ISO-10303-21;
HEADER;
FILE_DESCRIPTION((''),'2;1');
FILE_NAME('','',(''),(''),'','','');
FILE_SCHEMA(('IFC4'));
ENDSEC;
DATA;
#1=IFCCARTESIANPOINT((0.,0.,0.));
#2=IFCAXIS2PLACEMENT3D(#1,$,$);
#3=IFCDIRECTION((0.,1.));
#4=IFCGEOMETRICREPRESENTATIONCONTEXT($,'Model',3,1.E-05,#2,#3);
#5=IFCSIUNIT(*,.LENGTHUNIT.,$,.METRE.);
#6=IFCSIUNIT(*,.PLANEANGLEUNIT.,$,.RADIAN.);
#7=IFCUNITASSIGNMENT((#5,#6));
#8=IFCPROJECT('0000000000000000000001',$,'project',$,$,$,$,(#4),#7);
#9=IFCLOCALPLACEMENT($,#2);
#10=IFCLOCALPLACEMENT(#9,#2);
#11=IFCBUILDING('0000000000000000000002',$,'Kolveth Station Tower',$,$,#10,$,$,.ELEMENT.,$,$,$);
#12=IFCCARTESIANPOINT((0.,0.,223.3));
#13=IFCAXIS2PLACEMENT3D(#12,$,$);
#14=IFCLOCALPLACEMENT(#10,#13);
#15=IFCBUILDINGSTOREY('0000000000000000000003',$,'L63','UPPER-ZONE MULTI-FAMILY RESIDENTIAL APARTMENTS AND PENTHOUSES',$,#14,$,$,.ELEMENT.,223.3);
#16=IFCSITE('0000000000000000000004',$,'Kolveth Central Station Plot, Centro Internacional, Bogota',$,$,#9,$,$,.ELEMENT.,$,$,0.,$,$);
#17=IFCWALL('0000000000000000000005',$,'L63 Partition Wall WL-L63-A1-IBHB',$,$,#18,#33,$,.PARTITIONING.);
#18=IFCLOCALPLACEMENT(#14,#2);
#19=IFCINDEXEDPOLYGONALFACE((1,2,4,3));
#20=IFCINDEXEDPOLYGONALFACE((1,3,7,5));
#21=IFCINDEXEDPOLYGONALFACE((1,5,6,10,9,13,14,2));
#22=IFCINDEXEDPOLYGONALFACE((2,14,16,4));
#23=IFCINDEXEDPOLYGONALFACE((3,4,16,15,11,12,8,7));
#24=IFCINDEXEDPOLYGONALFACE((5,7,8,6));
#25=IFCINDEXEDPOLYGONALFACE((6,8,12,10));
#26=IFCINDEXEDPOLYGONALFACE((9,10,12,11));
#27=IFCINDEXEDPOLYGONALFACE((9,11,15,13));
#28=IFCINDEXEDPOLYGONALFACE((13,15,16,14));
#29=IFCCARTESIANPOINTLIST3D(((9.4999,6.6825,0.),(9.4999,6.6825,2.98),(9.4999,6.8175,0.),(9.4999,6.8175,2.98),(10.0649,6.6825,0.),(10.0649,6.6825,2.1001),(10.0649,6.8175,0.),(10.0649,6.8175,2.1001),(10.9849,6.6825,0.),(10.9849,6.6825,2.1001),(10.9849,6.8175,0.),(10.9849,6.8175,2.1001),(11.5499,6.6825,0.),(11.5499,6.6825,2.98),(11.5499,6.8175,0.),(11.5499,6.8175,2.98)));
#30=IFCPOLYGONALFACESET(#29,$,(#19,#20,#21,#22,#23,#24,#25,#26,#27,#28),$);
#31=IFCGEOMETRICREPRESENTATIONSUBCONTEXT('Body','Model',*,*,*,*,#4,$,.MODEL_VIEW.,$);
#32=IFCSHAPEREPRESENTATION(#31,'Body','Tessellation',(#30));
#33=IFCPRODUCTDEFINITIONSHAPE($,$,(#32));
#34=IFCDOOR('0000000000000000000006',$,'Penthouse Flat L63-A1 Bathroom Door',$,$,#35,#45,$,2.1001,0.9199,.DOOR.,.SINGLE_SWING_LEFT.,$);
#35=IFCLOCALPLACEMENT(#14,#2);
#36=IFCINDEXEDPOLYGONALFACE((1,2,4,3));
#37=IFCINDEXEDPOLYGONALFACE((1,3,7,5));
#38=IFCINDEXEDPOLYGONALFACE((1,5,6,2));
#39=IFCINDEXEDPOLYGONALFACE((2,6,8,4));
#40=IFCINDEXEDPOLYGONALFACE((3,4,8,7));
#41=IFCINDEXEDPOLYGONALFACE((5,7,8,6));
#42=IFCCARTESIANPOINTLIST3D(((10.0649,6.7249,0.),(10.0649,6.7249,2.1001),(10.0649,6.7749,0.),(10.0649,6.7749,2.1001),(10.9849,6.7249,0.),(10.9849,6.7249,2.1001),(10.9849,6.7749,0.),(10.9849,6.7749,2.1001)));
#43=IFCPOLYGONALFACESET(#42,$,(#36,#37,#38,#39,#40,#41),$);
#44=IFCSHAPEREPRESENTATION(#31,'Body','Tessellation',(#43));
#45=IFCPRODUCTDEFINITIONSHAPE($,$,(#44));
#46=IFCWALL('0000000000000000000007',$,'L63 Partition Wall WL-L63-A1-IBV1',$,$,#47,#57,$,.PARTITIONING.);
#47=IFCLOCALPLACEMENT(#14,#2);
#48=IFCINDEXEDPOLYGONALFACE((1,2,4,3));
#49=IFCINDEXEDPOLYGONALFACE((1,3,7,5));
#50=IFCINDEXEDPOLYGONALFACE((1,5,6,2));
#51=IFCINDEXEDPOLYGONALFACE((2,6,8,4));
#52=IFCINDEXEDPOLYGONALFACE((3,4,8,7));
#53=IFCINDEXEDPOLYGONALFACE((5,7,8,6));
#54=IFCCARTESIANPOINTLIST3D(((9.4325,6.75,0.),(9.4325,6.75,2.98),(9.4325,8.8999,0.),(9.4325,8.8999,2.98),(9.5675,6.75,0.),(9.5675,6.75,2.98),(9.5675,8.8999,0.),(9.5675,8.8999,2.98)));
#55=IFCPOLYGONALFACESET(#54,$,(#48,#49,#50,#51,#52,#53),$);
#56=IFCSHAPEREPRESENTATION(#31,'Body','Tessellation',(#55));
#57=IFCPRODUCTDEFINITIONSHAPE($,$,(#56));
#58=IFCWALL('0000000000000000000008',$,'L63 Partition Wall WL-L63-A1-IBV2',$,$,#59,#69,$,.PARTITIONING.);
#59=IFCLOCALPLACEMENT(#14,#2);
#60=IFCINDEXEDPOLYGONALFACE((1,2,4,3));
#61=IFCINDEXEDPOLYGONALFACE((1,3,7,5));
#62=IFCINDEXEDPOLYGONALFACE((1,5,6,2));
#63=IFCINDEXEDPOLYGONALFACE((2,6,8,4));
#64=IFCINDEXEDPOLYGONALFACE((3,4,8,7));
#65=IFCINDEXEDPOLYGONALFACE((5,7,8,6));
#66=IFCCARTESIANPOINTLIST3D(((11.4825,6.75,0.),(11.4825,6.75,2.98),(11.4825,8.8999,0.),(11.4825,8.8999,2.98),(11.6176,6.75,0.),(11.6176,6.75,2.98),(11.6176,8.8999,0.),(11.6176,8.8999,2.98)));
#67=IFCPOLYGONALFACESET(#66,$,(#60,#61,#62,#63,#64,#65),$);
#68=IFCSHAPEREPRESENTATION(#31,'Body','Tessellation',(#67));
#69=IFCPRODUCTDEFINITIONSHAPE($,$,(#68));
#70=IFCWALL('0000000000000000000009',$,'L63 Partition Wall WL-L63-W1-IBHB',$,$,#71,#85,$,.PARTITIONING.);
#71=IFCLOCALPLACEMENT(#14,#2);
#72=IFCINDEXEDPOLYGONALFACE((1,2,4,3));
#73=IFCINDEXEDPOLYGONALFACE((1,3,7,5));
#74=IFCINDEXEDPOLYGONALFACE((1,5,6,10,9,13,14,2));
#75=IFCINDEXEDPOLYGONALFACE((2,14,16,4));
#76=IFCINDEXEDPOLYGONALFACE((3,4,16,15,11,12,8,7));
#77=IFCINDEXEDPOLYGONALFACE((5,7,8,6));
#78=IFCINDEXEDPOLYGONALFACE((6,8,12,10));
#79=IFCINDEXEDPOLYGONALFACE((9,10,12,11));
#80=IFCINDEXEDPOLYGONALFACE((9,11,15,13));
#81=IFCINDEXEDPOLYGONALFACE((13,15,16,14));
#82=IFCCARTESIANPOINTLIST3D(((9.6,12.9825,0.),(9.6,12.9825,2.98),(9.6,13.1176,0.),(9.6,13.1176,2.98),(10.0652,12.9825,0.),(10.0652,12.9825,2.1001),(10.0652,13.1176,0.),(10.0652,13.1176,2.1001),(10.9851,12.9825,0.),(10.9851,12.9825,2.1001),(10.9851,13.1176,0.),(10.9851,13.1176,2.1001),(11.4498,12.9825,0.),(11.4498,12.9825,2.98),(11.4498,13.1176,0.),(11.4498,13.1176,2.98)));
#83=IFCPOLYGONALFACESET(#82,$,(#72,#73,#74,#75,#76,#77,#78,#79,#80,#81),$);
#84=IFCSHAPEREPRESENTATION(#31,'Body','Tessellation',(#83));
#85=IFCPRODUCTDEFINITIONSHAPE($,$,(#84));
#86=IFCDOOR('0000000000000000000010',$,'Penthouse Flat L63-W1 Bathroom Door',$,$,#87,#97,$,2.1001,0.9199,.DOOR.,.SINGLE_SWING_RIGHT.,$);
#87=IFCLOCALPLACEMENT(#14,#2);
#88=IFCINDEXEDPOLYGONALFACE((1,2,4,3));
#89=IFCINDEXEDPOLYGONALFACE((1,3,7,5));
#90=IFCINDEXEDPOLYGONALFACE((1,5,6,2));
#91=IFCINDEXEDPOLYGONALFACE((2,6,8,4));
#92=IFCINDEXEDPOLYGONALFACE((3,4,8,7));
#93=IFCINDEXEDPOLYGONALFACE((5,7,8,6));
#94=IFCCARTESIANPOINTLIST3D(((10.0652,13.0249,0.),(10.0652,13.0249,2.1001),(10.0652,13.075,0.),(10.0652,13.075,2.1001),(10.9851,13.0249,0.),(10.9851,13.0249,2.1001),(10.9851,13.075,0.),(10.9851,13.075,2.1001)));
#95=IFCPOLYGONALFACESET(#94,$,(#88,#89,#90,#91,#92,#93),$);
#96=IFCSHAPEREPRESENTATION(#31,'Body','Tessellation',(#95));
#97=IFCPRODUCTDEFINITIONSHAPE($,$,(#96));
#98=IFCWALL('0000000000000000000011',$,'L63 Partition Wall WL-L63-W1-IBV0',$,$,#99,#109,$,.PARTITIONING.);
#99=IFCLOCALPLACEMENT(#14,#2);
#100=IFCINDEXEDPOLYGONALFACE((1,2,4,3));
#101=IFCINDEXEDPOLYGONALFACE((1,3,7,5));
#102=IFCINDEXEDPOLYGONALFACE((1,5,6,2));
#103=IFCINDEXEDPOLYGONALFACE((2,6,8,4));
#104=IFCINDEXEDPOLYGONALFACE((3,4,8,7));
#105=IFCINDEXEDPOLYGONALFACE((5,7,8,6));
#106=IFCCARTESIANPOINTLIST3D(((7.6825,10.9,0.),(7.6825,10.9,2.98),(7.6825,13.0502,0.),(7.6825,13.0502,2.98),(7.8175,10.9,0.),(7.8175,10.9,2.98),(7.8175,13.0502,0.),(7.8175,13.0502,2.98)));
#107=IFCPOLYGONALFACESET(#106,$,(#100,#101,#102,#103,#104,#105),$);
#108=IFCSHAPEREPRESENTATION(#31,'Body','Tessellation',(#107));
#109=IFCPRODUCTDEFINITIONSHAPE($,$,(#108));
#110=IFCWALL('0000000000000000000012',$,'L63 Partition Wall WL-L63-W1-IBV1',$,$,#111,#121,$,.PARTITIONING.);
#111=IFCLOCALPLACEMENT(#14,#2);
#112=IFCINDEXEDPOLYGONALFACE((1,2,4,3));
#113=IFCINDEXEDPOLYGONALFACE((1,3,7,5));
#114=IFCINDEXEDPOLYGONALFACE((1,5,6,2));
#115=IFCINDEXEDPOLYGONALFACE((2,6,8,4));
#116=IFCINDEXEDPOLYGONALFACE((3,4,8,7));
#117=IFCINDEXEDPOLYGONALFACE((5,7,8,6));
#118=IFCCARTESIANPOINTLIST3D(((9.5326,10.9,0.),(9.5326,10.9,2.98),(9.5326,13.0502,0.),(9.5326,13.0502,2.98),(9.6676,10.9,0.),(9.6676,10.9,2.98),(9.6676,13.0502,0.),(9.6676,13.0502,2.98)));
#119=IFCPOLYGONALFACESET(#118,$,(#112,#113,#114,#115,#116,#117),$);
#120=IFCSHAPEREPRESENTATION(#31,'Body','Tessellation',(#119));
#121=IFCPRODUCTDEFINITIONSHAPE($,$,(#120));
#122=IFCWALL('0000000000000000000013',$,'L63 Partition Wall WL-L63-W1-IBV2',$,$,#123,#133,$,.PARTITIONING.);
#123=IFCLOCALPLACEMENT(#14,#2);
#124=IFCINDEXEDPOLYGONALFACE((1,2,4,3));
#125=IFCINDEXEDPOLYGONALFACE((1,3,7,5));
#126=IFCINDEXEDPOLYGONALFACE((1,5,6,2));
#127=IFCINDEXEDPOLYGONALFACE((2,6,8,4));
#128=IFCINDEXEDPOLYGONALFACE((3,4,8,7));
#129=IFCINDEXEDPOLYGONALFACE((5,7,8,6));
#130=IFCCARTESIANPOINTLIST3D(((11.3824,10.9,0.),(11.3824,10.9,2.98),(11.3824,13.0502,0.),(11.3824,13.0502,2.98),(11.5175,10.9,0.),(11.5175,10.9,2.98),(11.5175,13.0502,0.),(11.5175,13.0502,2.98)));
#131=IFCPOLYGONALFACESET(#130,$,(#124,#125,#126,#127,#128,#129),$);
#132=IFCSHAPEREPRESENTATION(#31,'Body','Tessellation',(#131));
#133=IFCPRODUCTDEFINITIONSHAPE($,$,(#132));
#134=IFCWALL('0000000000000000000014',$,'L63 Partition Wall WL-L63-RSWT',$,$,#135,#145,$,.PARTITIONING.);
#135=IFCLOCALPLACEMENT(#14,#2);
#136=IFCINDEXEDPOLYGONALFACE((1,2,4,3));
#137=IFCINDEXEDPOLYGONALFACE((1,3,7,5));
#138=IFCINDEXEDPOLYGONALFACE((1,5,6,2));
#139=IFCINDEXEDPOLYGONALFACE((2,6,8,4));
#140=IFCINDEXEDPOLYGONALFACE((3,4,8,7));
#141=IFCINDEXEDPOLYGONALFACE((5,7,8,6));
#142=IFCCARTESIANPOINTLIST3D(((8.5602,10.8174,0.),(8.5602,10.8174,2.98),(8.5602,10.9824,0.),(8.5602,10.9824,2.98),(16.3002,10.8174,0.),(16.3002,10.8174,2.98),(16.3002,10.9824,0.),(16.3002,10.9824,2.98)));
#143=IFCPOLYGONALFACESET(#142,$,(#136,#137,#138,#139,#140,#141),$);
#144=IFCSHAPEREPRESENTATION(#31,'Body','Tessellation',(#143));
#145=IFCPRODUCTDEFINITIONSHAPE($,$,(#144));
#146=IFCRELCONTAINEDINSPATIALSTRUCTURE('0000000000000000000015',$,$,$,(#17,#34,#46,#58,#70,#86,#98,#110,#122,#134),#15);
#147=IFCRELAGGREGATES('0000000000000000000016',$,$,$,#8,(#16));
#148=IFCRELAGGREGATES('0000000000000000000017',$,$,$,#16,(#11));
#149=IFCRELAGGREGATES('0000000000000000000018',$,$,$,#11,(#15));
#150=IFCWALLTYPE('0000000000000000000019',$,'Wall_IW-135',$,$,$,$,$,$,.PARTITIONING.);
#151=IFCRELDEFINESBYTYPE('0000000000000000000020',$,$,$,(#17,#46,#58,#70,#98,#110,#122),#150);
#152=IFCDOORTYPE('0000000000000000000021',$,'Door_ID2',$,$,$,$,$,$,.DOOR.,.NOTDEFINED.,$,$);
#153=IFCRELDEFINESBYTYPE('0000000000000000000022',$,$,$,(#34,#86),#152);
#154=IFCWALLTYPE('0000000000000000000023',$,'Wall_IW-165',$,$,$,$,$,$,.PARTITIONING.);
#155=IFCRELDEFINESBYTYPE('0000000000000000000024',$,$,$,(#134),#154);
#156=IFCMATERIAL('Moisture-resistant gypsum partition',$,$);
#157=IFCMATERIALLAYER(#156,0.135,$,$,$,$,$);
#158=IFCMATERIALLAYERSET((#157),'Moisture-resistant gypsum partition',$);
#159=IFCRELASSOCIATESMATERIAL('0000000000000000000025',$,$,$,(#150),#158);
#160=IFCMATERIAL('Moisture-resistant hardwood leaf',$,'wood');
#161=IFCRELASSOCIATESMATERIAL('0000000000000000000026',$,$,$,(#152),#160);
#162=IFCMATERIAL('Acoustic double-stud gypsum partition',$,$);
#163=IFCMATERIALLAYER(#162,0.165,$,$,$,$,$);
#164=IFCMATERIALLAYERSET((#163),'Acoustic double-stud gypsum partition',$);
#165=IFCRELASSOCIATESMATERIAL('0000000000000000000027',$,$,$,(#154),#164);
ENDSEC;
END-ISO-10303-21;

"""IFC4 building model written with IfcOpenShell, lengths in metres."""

from ifc_helpers import new_model, si_unit, direction, frame, frame_2d, origin, place, context, subcontext, project, spatial, rectangle, extrude, material, layer, layer_set, type_object, element, fill, save


model = new_model("IFC4")

# Units and contexts
model_context = context("Model", 3, precision=1e-05, world=origin(), true_north=direction((0.0, 1.0)))
body_context = subcontext(model_context, "Body", "Model", "MODEL_VIEW")
ifc_project = project(units=[si_unit("LENGTHUNIT", "METRE"), si_unit("PLANEANGLEUNIT", "RADIAN")], contexts=[model_context])

# Site, building, storey
site_placement = place(None, origin())
site = spatial("IfcSite", under=ifc_project, at=site_placement, Name="Kolveth Central Station Plot, Centro Internacional, Bogota", CompositionType="ELEMENT", RefElevation=0.0)
building_placement = place(site_placement, origin())
building = spatial("IfcBuilding", under=site, at=building_placement, Name="Kolveth Station Tower", CompositionType="ELEMENT")
storey_placement = place(building_placement, frame((0.0, 0.0, 223.3)))
storey = spatial("IfcBuildingStorey", under=building, at=storey_placement, Name="L63", Description="UPPER-ZONE MULTI-FAMILY RESIDENTIAL APARTMENTS AND PENTHOUSES", CompositionType="ELEMENT", Elevation=223.3)

# Wall, opening, door
ifc_material_1 = material(Name="Moisture-resistant gypsum partition")
ifc_layer_1 = layer(ifc_material_1, 0.135)
ifc_layer_set_1 = layer_set([ifc_layer_1], Name="Moisture-resistant gypsum partition")
wall_type_1 = type_object("IfcWallType", Name="Wall_IW-135", PredefinedType="PARTITIONING", material=ifc_layer_set_1)
wall_1_placement = place(storey_placement, frame((9.5, 6.75, 0.0), z_axis=(0.0, 0.0, 1.0), x_axis=(1.0, 0.0, 0.0)))
wall_1 = element("IfcWall", 1, at=wall_1_placement, inside=storey, type_object=wall_type_1, Name="L63 Partition Wall WL-L63-A1-IBHB", PredefinedType="PARTITIONING", context=body_context, shape_type="SweptSolid", body=[
    extrude(rectangle(XDim=2.05, YDim=0.135, at=frame_2d((1.0249, 0.0))), origin(), (0.0, 0.0, 1.0), 2.98),
])
opening_1_placement = place(wall_1_placement, frame((0.5649, 0.0, 0.0)))
opening_1 = element("IfcOpeningElement", 2, at=opening_1_placement, cuts=wall_1, PredefinedType="OPENING", context=body_context, shape_type="SweptSolid", body=[
    extrude(rectangle(XDim=0.9199, YDim=2.1001, at=frame_2d((0.46, 1.05))), frame((0.0, 0.0774, 0.0), z_axis=(0.0, -1.0, 0.0), x_axis=(1.0, 0.0, 0.0)), (0.0, 0.0, 1.0), 0.155),
])
ifc_material_2 = material(Name="Moisture-resistant hardwood leaf", Category="wood")
door_type_1 = type_object("IfcDoorType", Name="Door_ID2", OperationType="NOTDEFINED", PredefinedType="DOOR", material=ifc_material_2)
door_1_placement = place(opening_1_placement, origin())
door_1 = element("IfcDoor", 3, at=door_1_placement, inside=storey, type_object=door_type_1, Name="Penthouse Flat L63-A1 Bathroom Door", OperationType="SINGLE_SWING_LEFT", OverallHeight=2.1001, OverallWidth=0.9199, PredefinedType="DOOR", context=body_context, shape_type="SweptSolid", body=[
    extrude(rectangle(XDim=0.9199, YDim=2.1001, at=frame_2d((0.46, 1.05))), frame((0.0, 0.0249, 0.0), z_axis=(0.0, -1.0, 0.0), x_axis=(1.0, 0.0, 0.0)), (0.0, 0.0, 1.0), 0.05),
])
fill(opening_1, door_1)

# Walls
for number, where, z_axis, x_axis, name in (
    (4, (9.5, 6.75, 0.0), (0.0, 0.0, 1.0), (0.0, 1.0, 0.0), "L63 Partition Wall WL-L63-A1-IBV1"),
    (5, (11.55, 6.75, 0.0), (0.0, 0.0, 1.0), (0.0, 1.0, 0.0), "L63 Partition Wall WL-L63-A1-IBV2"),
):
    element("IfcWall", number, at=place(storey_placement, frame(where, z_axis=z_axis, x_axis=x_axis)), inside=storey, type_object=wall_type_1, Name=name, PredefinedType="PARTITIONING", context=body_context, shape_type="SweptSolid", body=[
        extrude(rectangle(XDim=2.1499, YDim=0.135, at=frame_2d((1.075, 0.0))), origin(), (0.0, 0.0, 1.0), 2.98),
    ])

# Wall, opening, door
wall_2_placement = place(storey_placement, frame((9.6001, 13.05, 0.0), z_axis=(0.0, 0.0, 1.0), x_axis=(1.0, 0.0, 0.0)))
wall_2 = element("IfcWall", 6, at=wall_2_placement, inside=storey, type_object=wall_type_1, Name="L63 Partition Wall WL-L63-W1-IBHB", PredefinedType="PARTITIONING", context=body_context, shape_type="SweptSolid", body=[
    extrude(rectangle(XDim=1.8499, YDim=0.135, at=frame_2d((0.9248, 0.0))), origin(), (0.0, 0.0, 1.0), 2.98),
])
opening_2_placement = place(wall_2_placement, frame((0.4651, 0.0, 0.0)))
opening_2 = element("IfcOpeningElement", 7, at=opening_2_placement, cuts=wall_2, PredefinedType="OPENING", context=body_context, shape_type="SweptSolid", body=[
    extrude(rectangle(XDim=0.9199, YDim=2.1001, at=frame_2d((0.46, 1.05))), frame((0.0, 0.0774, 0.0), z_axis=(0.0, -1.0, 0.0), x_axis=(1.0, 0.0, 0.0)), (0.0, 0.0, 1.0), 0.155),
])
door_2_placement = place(opening_2_placement, origin())
door_2 = element("IfcDoor", 8, at=door_2_placement, inside=storey, type_object=door_type_1, Name="Penthouse Flat L63-W1 Bathroom Door", OperationType="SINGLE_SWING_RIGHT", OverallHeight=2.1001, OverallWidth=0.9199, PredefinedType="DOOR", context=body_context, shape_type="SweptSolid", body=[
    extrude(rectangle(XDim=0.9199, YDim=2.1001, at=frame_2d((0.46, 1.05))), frame((0.0, 0.0249, 0.0), z_axis=(0.0, -1.0, 0.0), x_axis=(1.0, 0.0, 0.0)), (0.0, 0.0, 1.0), 0.05),
])
fill(opening_2, door_2)

# Walls
for number, where, z_axis, x_axis, name in (
    (9, (7.75, 10.8999, 0.0), (0.0, 0.0, 1.0), (0.0, 1.0, 0.0), "L63 Partition Wall WL-L63-W1-IBV0"),
    (10, (9.6001, 10.8999, 0.0), (0.0, 0.0, 1.0), (0.0, 1.0, 0.0), "L63 Partition Wall WL-L63-W1-IBV1"),
    (11, (11.45, 10.8999, 0.0), (0.0, 0.0, 1.0), (0.0, 1.0, 0.0), "L63 Partition Wall WL-L63-W1-IBV2"),
):
    element("IfcWall", number, at=place(storey_placement, frame(where, z_axis=z_axis, x_axis=x_axis)), inside=storey, type_object=wall_type_1, Name=name, PredefinedType="PARTITIONING", context=body_context, shape_type="SweptSolid", body=[
        extrude(rectangle(XDim=2.1501, YDim=0.135, at=frame_2d((1.0752, 0.0))), origin(), (0.0, 0.0, 1.0), 2.98),
    ])
ifc_material_3 = material(Name="Acoustic double-stud gypsum partition")
ifc_layer_2 = layer(ifc_material_3, 0.165)
ifc_layer_set_2 = layer_set([ifc_layer_2], Name="Acoustic double-stud gypsum partition")
wall_type_2 = type_object("IfcWallType", Name="Wall_IW-165", PredefinedType="PARTITIONING", material=ifc_layer_set_2)
wall_3_placement = place(storey_placement, frame((8.5601, 10.8999, 0.0), z_axis=(0.0, 0.0, 1.0), x_axis=(1.0, 0.0, 0.0)))
element("IfcWall", 12, at=wall_3_placement, inside=storey, type_object=wall_type_2, Name="L63 Partition Wall WL-L63-RSWT", PredefinedType="PARTITIONING", context=body_context, shape_type="SweptSolid", body=[
    extrude(rectangle(XDim=7.74, YDim=0.165, at=frame_2d((3.8701, 0.0))), origin(), (0.0, 0.0, 1.0), 2.98),
])

save(model, "model.ifc")
